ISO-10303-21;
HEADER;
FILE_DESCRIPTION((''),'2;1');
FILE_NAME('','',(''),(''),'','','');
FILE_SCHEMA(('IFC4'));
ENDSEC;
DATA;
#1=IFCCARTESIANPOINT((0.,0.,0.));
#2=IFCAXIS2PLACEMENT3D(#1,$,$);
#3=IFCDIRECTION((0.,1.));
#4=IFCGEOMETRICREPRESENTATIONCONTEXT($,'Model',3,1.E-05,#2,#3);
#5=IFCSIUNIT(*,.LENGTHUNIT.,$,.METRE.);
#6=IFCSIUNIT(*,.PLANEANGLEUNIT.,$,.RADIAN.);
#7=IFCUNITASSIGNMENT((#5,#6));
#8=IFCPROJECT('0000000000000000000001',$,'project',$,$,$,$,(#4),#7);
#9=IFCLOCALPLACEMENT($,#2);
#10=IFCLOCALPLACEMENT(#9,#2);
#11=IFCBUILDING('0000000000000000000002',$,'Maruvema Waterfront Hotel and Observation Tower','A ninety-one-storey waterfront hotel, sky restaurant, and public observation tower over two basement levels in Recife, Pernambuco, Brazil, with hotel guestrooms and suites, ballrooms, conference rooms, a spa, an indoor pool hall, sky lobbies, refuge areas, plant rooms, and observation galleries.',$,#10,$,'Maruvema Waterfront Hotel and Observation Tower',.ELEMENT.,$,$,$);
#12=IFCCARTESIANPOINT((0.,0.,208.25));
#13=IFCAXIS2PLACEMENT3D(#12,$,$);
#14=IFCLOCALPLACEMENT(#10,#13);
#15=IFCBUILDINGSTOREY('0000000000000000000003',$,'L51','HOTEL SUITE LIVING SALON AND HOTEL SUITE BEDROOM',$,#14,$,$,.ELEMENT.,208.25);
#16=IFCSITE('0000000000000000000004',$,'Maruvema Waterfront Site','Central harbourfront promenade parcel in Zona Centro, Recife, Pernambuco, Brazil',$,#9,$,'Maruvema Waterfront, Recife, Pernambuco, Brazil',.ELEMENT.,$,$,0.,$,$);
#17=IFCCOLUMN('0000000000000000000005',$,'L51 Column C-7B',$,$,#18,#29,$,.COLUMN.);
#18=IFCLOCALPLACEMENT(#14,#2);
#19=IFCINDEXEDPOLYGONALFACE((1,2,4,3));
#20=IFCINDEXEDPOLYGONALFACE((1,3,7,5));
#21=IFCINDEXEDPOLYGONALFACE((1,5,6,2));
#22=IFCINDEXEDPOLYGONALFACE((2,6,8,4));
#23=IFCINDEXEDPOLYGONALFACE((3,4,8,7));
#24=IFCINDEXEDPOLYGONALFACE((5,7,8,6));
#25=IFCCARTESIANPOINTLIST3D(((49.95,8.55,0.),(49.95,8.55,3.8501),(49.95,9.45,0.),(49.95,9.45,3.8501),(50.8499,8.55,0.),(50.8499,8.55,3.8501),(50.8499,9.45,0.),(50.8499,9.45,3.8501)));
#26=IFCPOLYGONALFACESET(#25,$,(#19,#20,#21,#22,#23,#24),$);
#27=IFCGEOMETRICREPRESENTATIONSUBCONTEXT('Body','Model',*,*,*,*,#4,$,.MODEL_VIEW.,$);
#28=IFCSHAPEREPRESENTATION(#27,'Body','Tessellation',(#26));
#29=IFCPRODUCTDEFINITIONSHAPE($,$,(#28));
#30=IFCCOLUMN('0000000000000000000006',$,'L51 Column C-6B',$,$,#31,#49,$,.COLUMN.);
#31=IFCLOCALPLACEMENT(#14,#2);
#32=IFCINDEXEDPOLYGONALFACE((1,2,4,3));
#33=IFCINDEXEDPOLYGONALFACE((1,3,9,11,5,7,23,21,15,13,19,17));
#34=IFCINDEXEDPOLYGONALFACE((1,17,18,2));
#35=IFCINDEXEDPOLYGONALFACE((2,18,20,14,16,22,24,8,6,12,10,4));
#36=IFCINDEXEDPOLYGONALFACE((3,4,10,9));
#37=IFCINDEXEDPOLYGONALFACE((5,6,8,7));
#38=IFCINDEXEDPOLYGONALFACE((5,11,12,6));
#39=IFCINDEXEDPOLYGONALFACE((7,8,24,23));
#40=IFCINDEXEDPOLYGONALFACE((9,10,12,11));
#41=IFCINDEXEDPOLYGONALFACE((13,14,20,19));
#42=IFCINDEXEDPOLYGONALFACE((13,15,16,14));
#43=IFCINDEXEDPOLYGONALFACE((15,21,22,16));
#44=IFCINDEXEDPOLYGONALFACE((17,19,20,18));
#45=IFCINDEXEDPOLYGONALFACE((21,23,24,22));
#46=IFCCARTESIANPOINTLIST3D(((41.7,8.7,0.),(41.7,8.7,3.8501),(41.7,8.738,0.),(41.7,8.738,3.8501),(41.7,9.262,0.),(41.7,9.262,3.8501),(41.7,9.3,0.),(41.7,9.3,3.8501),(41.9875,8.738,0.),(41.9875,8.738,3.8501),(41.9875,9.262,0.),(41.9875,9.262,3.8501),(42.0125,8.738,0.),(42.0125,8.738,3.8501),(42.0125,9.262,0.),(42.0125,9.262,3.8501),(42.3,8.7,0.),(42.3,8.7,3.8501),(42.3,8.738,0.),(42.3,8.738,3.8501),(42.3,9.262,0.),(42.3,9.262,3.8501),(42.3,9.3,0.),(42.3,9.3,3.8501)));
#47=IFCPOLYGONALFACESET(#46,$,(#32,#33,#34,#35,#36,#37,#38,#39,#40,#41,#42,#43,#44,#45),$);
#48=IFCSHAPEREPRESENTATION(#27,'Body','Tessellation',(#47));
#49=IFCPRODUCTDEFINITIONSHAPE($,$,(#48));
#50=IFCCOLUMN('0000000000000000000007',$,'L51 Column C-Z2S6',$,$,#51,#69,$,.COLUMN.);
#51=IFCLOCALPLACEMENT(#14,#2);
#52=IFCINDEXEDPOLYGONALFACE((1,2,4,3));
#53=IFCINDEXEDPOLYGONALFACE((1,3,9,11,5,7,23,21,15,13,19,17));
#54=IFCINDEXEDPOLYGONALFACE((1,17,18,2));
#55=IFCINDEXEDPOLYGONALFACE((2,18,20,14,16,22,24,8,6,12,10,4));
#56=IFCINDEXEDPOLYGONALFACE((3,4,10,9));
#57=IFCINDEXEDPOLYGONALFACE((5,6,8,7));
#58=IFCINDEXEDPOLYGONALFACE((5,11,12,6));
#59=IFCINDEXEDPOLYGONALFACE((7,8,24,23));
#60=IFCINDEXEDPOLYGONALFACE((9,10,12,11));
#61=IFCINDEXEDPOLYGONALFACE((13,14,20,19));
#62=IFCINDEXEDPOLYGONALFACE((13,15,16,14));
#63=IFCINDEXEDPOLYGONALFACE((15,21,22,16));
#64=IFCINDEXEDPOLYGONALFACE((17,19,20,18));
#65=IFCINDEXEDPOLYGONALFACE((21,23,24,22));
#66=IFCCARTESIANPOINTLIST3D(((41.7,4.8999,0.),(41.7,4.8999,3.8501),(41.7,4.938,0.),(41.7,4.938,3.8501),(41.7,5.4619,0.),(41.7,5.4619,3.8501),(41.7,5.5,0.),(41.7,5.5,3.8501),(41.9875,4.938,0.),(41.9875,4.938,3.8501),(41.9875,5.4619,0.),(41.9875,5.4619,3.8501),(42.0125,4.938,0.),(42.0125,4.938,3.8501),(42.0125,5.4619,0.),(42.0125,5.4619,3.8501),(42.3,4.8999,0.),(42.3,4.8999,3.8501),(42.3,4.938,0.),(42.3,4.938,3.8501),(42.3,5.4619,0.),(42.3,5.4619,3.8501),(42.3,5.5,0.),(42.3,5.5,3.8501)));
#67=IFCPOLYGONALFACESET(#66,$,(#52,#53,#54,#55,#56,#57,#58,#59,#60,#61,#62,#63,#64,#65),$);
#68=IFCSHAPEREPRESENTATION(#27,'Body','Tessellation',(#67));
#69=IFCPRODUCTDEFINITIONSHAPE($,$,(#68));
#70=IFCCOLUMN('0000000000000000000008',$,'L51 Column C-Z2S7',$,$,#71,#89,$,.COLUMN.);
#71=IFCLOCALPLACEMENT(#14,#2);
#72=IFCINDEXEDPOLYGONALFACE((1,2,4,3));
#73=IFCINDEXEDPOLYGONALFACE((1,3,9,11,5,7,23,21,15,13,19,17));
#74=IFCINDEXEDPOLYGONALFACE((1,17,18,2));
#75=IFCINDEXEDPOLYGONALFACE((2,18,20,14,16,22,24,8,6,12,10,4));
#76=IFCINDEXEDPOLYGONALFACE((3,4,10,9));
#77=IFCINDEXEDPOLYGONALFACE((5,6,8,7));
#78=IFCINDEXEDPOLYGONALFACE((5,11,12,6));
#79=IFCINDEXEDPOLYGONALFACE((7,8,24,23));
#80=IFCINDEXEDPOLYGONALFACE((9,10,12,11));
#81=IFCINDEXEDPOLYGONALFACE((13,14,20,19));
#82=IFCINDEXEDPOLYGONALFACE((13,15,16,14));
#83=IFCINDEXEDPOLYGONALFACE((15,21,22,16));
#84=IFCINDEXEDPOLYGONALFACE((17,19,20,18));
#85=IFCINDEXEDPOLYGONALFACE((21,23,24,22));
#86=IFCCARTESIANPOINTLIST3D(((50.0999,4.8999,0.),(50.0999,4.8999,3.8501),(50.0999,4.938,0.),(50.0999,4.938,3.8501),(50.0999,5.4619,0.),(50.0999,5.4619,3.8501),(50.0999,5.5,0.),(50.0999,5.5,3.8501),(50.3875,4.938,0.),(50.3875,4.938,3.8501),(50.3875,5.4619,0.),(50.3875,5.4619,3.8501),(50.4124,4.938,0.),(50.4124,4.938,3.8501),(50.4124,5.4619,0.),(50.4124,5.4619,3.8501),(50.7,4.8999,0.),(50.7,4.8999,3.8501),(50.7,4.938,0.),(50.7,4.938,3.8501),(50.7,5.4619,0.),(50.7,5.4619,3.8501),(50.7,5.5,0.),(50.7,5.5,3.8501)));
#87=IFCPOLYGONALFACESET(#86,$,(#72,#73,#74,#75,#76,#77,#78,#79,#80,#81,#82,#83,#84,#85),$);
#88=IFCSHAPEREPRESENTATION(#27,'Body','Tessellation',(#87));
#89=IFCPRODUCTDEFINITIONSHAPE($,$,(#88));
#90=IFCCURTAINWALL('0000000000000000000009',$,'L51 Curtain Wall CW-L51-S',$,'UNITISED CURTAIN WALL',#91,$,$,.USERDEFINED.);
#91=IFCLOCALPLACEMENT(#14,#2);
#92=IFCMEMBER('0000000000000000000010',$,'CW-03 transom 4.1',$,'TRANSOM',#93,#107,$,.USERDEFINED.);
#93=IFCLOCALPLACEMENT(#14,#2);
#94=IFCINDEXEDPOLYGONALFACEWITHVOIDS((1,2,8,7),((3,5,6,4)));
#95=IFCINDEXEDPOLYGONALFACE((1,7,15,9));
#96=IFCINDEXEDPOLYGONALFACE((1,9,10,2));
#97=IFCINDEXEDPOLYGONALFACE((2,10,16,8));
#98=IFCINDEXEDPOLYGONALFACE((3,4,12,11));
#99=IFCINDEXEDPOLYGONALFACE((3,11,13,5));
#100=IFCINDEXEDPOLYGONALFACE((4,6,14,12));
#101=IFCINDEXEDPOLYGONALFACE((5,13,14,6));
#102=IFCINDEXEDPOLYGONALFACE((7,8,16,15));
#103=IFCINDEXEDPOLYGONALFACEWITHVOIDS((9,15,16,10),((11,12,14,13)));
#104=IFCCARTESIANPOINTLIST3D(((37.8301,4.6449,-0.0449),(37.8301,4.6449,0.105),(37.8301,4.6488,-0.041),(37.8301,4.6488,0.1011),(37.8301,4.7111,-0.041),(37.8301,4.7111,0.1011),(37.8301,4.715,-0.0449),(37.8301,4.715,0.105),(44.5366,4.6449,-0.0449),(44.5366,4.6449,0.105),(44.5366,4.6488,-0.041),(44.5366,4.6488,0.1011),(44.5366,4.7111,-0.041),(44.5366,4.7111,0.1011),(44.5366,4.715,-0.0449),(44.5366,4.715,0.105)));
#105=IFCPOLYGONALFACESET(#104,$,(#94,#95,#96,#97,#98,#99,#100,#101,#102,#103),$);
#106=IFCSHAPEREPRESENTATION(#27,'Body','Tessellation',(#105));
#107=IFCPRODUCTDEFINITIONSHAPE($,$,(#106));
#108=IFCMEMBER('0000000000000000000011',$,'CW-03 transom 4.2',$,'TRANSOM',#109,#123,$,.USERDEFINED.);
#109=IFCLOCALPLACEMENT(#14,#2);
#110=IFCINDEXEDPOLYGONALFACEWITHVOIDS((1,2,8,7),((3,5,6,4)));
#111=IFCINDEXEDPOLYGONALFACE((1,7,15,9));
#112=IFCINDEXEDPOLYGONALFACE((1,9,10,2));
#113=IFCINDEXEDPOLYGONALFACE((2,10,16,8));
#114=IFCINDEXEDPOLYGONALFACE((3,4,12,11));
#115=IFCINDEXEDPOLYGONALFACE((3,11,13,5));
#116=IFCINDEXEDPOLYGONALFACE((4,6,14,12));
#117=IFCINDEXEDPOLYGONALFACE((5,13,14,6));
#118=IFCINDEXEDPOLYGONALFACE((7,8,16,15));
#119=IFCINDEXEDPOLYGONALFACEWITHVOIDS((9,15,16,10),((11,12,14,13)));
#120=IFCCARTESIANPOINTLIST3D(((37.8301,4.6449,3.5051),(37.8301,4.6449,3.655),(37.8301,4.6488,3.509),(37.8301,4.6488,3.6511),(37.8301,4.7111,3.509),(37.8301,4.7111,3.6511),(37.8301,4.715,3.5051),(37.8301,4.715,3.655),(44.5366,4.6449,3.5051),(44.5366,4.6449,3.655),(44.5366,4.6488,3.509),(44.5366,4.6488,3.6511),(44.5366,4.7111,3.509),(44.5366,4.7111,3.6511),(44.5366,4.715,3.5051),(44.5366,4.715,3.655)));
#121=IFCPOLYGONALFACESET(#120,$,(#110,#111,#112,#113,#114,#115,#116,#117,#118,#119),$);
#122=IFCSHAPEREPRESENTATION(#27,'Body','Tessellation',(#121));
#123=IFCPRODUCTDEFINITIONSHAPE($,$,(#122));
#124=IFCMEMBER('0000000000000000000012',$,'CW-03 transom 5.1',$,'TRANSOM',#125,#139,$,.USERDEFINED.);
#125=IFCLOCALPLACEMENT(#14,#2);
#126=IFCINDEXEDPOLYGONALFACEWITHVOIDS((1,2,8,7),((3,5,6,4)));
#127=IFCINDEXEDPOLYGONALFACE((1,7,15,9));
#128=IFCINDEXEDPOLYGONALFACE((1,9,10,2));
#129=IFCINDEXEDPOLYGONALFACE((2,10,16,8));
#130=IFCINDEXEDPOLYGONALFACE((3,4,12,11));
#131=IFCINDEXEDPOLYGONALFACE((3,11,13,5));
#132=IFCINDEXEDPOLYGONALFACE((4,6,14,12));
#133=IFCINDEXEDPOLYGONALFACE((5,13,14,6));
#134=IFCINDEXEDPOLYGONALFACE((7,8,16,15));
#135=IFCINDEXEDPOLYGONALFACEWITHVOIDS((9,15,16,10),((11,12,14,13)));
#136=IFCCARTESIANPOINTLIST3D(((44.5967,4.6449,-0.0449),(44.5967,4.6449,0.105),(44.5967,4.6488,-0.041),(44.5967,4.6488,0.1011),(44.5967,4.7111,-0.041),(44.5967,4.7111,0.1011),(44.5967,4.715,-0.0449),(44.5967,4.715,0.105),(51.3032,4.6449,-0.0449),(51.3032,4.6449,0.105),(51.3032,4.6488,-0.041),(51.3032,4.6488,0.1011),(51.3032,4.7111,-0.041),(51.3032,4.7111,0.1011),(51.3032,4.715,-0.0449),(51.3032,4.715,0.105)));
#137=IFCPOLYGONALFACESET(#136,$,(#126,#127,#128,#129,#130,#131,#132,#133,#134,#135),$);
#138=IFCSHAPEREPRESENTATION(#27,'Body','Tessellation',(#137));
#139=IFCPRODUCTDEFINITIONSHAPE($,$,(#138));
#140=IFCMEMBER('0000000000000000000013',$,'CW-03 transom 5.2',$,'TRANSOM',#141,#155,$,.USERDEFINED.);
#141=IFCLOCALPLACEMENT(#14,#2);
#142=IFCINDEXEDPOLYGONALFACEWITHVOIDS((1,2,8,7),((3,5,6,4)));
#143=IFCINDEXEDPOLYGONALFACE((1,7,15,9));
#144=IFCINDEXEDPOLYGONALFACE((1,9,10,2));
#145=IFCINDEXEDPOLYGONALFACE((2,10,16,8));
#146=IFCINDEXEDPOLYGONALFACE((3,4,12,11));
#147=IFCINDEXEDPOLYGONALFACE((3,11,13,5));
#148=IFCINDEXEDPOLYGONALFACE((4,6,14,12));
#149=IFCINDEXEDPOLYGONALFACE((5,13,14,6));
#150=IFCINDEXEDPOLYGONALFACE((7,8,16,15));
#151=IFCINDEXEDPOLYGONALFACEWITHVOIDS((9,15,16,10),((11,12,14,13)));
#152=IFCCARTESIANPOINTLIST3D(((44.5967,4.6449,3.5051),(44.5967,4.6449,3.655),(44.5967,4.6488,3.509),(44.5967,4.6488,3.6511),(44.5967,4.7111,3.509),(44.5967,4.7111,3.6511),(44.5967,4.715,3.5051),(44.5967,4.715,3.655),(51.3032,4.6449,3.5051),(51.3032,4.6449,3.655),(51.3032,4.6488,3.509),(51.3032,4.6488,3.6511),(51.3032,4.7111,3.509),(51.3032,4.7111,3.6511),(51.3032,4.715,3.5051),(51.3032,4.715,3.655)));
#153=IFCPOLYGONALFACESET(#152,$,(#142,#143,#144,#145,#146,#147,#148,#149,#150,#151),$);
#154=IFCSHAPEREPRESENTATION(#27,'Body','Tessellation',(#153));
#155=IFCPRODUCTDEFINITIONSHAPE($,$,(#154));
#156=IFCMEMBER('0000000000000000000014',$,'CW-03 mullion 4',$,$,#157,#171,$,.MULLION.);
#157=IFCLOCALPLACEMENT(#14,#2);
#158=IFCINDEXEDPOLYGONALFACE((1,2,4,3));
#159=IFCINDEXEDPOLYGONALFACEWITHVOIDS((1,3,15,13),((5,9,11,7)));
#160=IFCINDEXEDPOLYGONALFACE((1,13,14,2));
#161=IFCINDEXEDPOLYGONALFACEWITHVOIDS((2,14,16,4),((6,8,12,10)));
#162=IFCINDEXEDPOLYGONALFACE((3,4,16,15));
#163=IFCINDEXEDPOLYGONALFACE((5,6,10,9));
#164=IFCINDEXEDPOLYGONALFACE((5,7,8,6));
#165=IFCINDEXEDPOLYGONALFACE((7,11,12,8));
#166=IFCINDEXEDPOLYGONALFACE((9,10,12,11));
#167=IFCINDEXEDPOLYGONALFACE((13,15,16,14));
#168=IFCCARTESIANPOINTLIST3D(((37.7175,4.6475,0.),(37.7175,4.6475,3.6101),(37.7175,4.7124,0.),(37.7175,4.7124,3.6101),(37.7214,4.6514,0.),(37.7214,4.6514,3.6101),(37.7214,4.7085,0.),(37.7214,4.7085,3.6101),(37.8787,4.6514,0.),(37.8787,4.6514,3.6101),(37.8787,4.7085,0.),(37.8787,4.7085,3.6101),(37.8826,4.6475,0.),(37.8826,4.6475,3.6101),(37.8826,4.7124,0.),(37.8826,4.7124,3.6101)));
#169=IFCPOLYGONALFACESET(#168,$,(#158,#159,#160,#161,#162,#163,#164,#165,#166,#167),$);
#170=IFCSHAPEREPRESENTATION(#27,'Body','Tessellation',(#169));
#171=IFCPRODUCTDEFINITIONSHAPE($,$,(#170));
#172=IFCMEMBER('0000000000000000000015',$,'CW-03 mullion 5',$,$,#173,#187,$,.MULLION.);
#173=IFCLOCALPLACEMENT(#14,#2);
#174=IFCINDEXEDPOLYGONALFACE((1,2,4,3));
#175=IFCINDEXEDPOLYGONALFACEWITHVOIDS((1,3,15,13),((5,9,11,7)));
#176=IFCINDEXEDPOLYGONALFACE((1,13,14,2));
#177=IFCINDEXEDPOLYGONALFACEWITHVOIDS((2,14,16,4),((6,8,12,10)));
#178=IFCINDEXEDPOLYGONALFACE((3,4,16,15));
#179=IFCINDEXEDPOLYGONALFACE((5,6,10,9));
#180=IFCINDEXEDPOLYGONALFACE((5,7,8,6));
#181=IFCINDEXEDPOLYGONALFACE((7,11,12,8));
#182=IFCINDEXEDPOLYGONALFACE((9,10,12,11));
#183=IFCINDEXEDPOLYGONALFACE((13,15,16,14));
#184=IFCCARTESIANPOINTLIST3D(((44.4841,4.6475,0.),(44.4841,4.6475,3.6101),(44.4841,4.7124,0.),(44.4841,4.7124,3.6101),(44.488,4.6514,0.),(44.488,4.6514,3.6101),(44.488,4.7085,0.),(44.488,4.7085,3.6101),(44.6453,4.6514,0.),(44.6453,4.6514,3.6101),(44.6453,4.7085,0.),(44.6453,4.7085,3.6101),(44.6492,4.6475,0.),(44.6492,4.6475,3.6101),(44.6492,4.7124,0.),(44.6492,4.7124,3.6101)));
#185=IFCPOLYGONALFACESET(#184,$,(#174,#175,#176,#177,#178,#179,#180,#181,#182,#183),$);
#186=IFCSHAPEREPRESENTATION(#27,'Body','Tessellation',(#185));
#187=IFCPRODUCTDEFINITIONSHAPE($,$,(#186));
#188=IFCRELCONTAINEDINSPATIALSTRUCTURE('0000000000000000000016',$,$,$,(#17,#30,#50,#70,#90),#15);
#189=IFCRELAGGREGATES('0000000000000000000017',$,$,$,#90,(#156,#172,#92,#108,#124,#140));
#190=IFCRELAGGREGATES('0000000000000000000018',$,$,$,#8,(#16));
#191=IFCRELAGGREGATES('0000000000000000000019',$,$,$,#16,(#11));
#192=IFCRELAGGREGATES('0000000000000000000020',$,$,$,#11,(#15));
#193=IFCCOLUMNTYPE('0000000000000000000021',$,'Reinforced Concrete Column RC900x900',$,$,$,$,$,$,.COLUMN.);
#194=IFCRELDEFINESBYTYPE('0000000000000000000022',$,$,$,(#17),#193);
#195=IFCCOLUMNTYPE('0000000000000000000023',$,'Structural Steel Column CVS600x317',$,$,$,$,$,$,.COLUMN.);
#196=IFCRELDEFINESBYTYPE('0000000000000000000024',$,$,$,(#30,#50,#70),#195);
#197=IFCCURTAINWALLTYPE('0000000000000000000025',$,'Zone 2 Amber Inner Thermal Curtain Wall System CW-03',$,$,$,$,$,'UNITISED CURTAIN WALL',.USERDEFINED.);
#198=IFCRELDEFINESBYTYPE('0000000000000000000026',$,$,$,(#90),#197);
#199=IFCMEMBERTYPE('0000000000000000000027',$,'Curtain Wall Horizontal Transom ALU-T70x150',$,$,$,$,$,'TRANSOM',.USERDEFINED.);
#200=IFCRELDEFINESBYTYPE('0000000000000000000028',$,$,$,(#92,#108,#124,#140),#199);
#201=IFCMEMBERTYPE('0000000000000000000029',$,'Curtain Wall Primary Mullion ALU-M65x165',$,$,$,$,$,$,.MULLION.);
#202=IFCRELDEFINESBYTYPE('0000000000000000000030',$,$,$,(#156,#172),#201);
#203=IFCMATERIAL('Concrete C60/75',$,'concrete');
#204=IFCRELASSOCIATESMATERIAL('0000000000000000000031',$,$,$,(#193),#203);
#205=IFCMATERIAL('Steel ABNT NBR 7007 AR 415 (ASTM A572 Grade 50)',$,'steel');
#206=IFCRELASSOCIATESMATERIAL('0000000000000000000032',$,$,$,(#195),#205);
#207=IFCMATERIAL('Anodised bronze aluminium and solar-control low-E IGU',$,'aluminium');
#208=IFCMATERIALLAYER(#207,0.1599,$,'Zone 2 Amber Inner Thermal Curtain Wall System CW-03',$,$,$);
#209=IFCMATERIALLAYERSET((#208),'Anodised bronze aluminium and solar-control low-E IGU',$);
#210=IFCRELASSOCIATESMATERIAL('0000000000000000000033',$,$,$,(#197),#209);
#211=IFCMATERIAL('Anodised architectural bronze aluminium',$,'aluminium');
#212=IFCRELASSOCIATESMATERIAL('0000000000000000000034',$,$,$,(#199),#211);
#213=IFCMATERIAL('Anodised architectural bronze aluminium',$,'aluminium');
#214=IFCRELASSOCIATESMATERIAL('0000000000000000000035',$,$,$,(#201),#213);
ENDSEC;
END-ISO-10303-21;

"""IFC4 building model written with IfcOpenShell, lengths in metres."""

from ifc_helpers import new_model, si_unit, direction, frame, origin, origin_2d, place, context, subcontext, project, spatial, rectangle, hollow_rectangle, i_section, extrude, material, layer, layer_set, material_profile, profile_set, type_object, element, aggregate, save


model = new_model("IFC4")

# Units and contexts
model_context = context("Model", 3, precision=1e-05, world=origin(), true_north=direction((0.0, 1.0)))
body_context = subcontext(model_context, "Body", "Model", "MODEL_VIEW")
ifc_project = project(units=[si_unit("LENGTHUNIT", "METRE"), si_unit("PLANEANGLEUNIT", "RADIAN")], contexts=[model_context])

# Site, building, storey
site_placement = place(None, origin())
site = spatial("IfcSite", under=ifc_project, at=site_placement, Name="Maruvema Waterfront Site", Description="Central harbourfront promenade parcel in Zona Centro, Recife, Pernambuco, Brazil", LongName="Maruvema Waterfront, Recife, Pernambuco, Brazil", CompositionType="ELEMENT", RefElevation=0.0)
building_placement = place(site_placement, origin())
building = spatial("IfcBuilding", under=site, at=building_placement, Name="Maruvema Waterfront Hotel and Observation Tower", Description="A ninety-one-storey waterfront hotel, sky restaurant, and public observation tower over two basement levels in Recife, Pernambuco, Brazil, with hotel guestrooms and suites, ballrooms, conference rooms, a spa, an indoor pool hall, sky lobbies, refuge areas, plant rooms, and observation galleries.", LongName="Maruvema Waterfront Hotel and Observation Tower", CompositionType="ELEMENT")
storey_placement = place(building_placement, frame((0.0, 0.0, 208.25)))
storey = spatial("IfcBuildingStorey", under=building, at=storey_placement, Name="L51", Description="HOTEL SUITE LIVING SALON AND HOTEL SUITE BEDROOM", CompositionType="ELEMENT", Elevation=208.25)

# Columns
ifc_material_1 = material(Name="Concrete C60/75", Category="concrete")
ifc_material_profile_1 = material_profile(ifc_material_1, rectangle(XDim=0.8999, YDim=0.8999, at=origin_2d()), Name="RC900x900")
ifc_profile_set_1 = profile_set([ifc_material_profile_1], Name="Concrete C60/75")
column_type_1 = type_object("IfcColumnType", Name="Reinforced Concrete Column RC900x900", PredefinedType="COLUMN", material=ifc_profile_set_1)
column_placement = place(storey_placement, frame((50.3999, 9.0, 0.0), z_axis=(0.0, 0.0, 1.0), x_axis=(1.0, 0.0, 0.0)))
element("IfcColumn", 1, at=column_placement, inside=storey, type_object=column_type_1, Name="L51 Column C-7B", PredefinedType="COLUMN", context=body_context, shape_type="SweptSolid", body=[
    extrude(rectangle(XDim=0.8999, YDim=0.8999, at=origin_2d()), origin(), (0.0, 0.0, 1.0), 3.8501),
])
ifc_material_2 = material(Name="Steel ABNT NBR 7007 AR 415 (ASTM A572 Grade 50)", Category="steel")
ifc_material_profile_2 = material_profile(ifc_material_2, i_section(OverallWidth=0.6001, OverallDepth=0.6001, WebThickness=0.0249, FlangeThickness=0.0381, at=origin_2d()), Name="CVS600x317")
ifc_profile_set_2 = profile_set([ifc_material_profile_2], Name="Steel ABNT NBR 7007 AR 415 (ASTM A572 Grade 50)")
column_type_2 = type_object("IfcColumnType", Name="Structural Steel Column CVS600x317", PredefinedType="COLUMN", material=ifc_profile_set_2)
for number, where, z_axis, x_axis, name in (
    (2, (42.0, 9.0, 0.0), (0.0, 0.0, 1.0), (1.0, 0.0, 0.0), "L51 Column C-6B"),
    (3, (42.0, 5.2, 0.0), (0.0, 0.0, 1.0), (1.0, 0.0, 0.0), "L51 Column C-Z2S6"),
    (4, (50.3999, 5.2, 0.0), (0.0, 0.0, 1.0), (1.0, 0.0, 0.0), "L51 Column C-Z2S7"),
):
    element("IfcColumn", number, at=place(storey_placement, frame(where, z_axis=z_axis, x_axis=x_axis)), inside=storey, type_object=column_type_2, Name=name, PredefinedType="COLUMN", context=body_context, shape_type="SweptSolid", body=[
        extrude(i_section(OverallWidth=0.6001, OverallDepth=0.6001, WebThickness=0.0249, FlangeThickness=0.0381, at=origin_2d()), origin(), (0.0, 0.0, 1.0), 3.8501),
    ])

# Curtain wall, members
ifc_material_3 = material(Name="Anodised bronze aluminium and solar-control low-E IGU", Category="aluminium")
ifc_layer_1 = layer(ifc_material_3, 0.1599, Name="Zone 2 Amber Inner Thermal Curtain Wall System CW-03")
ifc_layer_set_1 = layer_set([ifc_layer_1], Name="Anodised bronze aluminium and solar-control low-E IGU")
curtain_wall_type = type_object("IfcCurtainWallType", Name="Zone 2 Amber Inner Thermal Curtain Wall System CW-03", ElementType="UNITISED CURTAIN WALL", PredefinedType="USERDEFINED", material=ifc_layer_set_1)
curtain_wall_placement = place(storey_placement, origin())
curtain_wall = element("IfcCurtainWall", 5, at=curtain_wall_placement, inside=storey, type_object=curtain_wall_type, Name="L51 Curtain Wall CW-L51-S", ObjectType="UNITISED CURTAIN WALL", PredefinedType="USERDEFINED")
ifc_material_4 = material(Name="Anodised architectural bronze aluminium", Category="aluminium")
ifc_material_profile_3 = material_profile(ifc_material_4, hollow_rectangle(XDim=0.0701, YDim=0.1499, WallThickness=0.0039, at=origin_2d()), Name="ALU-T70x150")
ifc_profile_set_3 = profile_set([ifc_material_profile_3], Name="Anodised architectural bronze aluminium")
member_type_1 = type_object("IfcMemberType", Name="Curtain Wall Horizontal Transom ALU-T70x150", ElementType="TRANSOM", PredefinedType="USERDEFINED", material=ifc_profile_set_3)
member_1_placement = place(storey_placement, frame((37.8301, 4.6799, 0.03), z_axis=(1.0, 0.0, 0.0), x_axis=(0.0, 1.0, 0.0)))
member_1 = element("IfcMember", 6, at=member_1_placement, type_object=member_type_1, Name="CW-03 transom 4.1", ObjectType="TRANSOM", PredefinedType="USERDEFINED", context=body_context, shape_type="SweptSolid", body=[
    extrude(hollow_rectangle(XDim=0.0701, YDim=0.1499, WallThickness=0.0039, at=origin_2d()), origin(), (0.0, 0.0, 1.0), 6.7065),
])
member_2_placement = place(storey_placement, frame((37.8301, 4.6799, 3.5801), z_axis=(1.0, 0.0, 0.0), x_axis=(0.0, 1.0, 0.0)))
member_2 = element("IfcMember", 7, at=member_2_placement, type_object=member_type_1, Name="CW-03 transom 4.2", ObjectType="TRANSOM", PredefinedType="USERDEFINED", context=body_context, shape_type="SweptSolid", body=[
    extrude(hollow_rectangle(XDim=0.0701, YDim=0.1499, WallThickness=0.0039, at=origin_2d()), origin(), (0.0, 0.0, 1.0), 6.7065),
])
member_3_placement = place(storey_placement, frame((44.5967, 4.6799, 0.03), z_axis=(1.0, 0.0, 0.0), x_axis=(0.0, 1.0, 0.0)))
member_3 = element("IfcMember", 8, at=member_3_placement, type_object=member_type_1, Name="CW-03 transom 5.1", ObjectType="TRANSOM", PredefinedType="USERDEFINED", context=body_context, shape_type="SweptSolid", body=[
    extrude(hollow_rectangle(XDim=0.0701, YDim=0.1499, WallThickness=0.0039, at=origin_2d()), origin(), (0.0, 0.0, 1.0), 6.7065),
])
member_4_placement = place(storey_placement, frame((44.5967, 4.6799, 3.5801), z_axis=(1.0, 0.0, 0.0), x_axis=(0.0, 1.0, 0.0)))
member_4 = element("IfcMember", 9, at=member_4_placement, type_object=member_type_1, Name="CW-03 transom 5.2", ObjectType="TRANSOM", PredefinedType="USERDEFINED", context=body_context, shape_type="SweptSolid", body=[
    extrude(hollow_rectangle(XDim=0.0701, YDim=0.1499, WallThickness=0.0039, at=origin_2d()), origin(), (0.0, 0.0, 1.0), 6.7065),
])
ifc_material_5 = material(Name="Anodised architectural bronze aluminium", Category="aluminium")
ifc_material_profile_4 = material_profile(ifc_material_5, hollow_rectangle(XDim=0.0649, YDim=0.165, WallThickness=0.0039, at=origin_2d()), Name="ALU-M65x165")
ifc_profile_set_4 = profile_set([ifc_material_profile_4], Name="Anodised architectural bronze aluminium")
member_type_2 = type_object("IfcMemberType", Name="Curtain Wall Primary Mullion ALU-M65x165", PredefinedType="MULLION", material=ifc_profile_set_4)
member_5_placement = place(storey_placement, frame((37.8, 4.6799, 0.0), z_axis=(0.0, 0.0, 1.0), x_axis=(0.0, 1.0, 0.0)))
member_5 = element("IfcMember", 10, at=member_5_placement, type_object=member_type_2, Name="CW-03 mullion 4", PredefinedType="MULLION", context=body_context, shape_type="SweptSolid", body=[
    extrude(hollow_rectangle(XDim=0.0649, YDim=0.165, WallThickness=0.0039, at=origin_2d()), origin(), (0.0, 0.0, 1.0), 3.6101),
])
member_6_placement = place(storey_placement, frame((44.5667, 4.6799, 0.0), z_axis=(0.0, 0.0, 1.0), x_axis=(0.0, 1.0, 0.0)))
member_6 = element("IfcMember", 11, at=member_6_placement, type_object=member_type_2, Name="CW-03 mullion 5", PredefinedType="MULLION", context=body_context, shape_type="SweptSolid", body=[
    extrude(hollow_rectangle(XDim=0.0649, YDim=0.165, WallThickness=0.0039, at=origin_2d()), origin(), (0.0, 0.0, 1.0), 3.6101),
])

aggregate(curtain_wall, [member_5, member_6, member_1, member_2, member_3, member_4])

save(model, "model.ifc")
